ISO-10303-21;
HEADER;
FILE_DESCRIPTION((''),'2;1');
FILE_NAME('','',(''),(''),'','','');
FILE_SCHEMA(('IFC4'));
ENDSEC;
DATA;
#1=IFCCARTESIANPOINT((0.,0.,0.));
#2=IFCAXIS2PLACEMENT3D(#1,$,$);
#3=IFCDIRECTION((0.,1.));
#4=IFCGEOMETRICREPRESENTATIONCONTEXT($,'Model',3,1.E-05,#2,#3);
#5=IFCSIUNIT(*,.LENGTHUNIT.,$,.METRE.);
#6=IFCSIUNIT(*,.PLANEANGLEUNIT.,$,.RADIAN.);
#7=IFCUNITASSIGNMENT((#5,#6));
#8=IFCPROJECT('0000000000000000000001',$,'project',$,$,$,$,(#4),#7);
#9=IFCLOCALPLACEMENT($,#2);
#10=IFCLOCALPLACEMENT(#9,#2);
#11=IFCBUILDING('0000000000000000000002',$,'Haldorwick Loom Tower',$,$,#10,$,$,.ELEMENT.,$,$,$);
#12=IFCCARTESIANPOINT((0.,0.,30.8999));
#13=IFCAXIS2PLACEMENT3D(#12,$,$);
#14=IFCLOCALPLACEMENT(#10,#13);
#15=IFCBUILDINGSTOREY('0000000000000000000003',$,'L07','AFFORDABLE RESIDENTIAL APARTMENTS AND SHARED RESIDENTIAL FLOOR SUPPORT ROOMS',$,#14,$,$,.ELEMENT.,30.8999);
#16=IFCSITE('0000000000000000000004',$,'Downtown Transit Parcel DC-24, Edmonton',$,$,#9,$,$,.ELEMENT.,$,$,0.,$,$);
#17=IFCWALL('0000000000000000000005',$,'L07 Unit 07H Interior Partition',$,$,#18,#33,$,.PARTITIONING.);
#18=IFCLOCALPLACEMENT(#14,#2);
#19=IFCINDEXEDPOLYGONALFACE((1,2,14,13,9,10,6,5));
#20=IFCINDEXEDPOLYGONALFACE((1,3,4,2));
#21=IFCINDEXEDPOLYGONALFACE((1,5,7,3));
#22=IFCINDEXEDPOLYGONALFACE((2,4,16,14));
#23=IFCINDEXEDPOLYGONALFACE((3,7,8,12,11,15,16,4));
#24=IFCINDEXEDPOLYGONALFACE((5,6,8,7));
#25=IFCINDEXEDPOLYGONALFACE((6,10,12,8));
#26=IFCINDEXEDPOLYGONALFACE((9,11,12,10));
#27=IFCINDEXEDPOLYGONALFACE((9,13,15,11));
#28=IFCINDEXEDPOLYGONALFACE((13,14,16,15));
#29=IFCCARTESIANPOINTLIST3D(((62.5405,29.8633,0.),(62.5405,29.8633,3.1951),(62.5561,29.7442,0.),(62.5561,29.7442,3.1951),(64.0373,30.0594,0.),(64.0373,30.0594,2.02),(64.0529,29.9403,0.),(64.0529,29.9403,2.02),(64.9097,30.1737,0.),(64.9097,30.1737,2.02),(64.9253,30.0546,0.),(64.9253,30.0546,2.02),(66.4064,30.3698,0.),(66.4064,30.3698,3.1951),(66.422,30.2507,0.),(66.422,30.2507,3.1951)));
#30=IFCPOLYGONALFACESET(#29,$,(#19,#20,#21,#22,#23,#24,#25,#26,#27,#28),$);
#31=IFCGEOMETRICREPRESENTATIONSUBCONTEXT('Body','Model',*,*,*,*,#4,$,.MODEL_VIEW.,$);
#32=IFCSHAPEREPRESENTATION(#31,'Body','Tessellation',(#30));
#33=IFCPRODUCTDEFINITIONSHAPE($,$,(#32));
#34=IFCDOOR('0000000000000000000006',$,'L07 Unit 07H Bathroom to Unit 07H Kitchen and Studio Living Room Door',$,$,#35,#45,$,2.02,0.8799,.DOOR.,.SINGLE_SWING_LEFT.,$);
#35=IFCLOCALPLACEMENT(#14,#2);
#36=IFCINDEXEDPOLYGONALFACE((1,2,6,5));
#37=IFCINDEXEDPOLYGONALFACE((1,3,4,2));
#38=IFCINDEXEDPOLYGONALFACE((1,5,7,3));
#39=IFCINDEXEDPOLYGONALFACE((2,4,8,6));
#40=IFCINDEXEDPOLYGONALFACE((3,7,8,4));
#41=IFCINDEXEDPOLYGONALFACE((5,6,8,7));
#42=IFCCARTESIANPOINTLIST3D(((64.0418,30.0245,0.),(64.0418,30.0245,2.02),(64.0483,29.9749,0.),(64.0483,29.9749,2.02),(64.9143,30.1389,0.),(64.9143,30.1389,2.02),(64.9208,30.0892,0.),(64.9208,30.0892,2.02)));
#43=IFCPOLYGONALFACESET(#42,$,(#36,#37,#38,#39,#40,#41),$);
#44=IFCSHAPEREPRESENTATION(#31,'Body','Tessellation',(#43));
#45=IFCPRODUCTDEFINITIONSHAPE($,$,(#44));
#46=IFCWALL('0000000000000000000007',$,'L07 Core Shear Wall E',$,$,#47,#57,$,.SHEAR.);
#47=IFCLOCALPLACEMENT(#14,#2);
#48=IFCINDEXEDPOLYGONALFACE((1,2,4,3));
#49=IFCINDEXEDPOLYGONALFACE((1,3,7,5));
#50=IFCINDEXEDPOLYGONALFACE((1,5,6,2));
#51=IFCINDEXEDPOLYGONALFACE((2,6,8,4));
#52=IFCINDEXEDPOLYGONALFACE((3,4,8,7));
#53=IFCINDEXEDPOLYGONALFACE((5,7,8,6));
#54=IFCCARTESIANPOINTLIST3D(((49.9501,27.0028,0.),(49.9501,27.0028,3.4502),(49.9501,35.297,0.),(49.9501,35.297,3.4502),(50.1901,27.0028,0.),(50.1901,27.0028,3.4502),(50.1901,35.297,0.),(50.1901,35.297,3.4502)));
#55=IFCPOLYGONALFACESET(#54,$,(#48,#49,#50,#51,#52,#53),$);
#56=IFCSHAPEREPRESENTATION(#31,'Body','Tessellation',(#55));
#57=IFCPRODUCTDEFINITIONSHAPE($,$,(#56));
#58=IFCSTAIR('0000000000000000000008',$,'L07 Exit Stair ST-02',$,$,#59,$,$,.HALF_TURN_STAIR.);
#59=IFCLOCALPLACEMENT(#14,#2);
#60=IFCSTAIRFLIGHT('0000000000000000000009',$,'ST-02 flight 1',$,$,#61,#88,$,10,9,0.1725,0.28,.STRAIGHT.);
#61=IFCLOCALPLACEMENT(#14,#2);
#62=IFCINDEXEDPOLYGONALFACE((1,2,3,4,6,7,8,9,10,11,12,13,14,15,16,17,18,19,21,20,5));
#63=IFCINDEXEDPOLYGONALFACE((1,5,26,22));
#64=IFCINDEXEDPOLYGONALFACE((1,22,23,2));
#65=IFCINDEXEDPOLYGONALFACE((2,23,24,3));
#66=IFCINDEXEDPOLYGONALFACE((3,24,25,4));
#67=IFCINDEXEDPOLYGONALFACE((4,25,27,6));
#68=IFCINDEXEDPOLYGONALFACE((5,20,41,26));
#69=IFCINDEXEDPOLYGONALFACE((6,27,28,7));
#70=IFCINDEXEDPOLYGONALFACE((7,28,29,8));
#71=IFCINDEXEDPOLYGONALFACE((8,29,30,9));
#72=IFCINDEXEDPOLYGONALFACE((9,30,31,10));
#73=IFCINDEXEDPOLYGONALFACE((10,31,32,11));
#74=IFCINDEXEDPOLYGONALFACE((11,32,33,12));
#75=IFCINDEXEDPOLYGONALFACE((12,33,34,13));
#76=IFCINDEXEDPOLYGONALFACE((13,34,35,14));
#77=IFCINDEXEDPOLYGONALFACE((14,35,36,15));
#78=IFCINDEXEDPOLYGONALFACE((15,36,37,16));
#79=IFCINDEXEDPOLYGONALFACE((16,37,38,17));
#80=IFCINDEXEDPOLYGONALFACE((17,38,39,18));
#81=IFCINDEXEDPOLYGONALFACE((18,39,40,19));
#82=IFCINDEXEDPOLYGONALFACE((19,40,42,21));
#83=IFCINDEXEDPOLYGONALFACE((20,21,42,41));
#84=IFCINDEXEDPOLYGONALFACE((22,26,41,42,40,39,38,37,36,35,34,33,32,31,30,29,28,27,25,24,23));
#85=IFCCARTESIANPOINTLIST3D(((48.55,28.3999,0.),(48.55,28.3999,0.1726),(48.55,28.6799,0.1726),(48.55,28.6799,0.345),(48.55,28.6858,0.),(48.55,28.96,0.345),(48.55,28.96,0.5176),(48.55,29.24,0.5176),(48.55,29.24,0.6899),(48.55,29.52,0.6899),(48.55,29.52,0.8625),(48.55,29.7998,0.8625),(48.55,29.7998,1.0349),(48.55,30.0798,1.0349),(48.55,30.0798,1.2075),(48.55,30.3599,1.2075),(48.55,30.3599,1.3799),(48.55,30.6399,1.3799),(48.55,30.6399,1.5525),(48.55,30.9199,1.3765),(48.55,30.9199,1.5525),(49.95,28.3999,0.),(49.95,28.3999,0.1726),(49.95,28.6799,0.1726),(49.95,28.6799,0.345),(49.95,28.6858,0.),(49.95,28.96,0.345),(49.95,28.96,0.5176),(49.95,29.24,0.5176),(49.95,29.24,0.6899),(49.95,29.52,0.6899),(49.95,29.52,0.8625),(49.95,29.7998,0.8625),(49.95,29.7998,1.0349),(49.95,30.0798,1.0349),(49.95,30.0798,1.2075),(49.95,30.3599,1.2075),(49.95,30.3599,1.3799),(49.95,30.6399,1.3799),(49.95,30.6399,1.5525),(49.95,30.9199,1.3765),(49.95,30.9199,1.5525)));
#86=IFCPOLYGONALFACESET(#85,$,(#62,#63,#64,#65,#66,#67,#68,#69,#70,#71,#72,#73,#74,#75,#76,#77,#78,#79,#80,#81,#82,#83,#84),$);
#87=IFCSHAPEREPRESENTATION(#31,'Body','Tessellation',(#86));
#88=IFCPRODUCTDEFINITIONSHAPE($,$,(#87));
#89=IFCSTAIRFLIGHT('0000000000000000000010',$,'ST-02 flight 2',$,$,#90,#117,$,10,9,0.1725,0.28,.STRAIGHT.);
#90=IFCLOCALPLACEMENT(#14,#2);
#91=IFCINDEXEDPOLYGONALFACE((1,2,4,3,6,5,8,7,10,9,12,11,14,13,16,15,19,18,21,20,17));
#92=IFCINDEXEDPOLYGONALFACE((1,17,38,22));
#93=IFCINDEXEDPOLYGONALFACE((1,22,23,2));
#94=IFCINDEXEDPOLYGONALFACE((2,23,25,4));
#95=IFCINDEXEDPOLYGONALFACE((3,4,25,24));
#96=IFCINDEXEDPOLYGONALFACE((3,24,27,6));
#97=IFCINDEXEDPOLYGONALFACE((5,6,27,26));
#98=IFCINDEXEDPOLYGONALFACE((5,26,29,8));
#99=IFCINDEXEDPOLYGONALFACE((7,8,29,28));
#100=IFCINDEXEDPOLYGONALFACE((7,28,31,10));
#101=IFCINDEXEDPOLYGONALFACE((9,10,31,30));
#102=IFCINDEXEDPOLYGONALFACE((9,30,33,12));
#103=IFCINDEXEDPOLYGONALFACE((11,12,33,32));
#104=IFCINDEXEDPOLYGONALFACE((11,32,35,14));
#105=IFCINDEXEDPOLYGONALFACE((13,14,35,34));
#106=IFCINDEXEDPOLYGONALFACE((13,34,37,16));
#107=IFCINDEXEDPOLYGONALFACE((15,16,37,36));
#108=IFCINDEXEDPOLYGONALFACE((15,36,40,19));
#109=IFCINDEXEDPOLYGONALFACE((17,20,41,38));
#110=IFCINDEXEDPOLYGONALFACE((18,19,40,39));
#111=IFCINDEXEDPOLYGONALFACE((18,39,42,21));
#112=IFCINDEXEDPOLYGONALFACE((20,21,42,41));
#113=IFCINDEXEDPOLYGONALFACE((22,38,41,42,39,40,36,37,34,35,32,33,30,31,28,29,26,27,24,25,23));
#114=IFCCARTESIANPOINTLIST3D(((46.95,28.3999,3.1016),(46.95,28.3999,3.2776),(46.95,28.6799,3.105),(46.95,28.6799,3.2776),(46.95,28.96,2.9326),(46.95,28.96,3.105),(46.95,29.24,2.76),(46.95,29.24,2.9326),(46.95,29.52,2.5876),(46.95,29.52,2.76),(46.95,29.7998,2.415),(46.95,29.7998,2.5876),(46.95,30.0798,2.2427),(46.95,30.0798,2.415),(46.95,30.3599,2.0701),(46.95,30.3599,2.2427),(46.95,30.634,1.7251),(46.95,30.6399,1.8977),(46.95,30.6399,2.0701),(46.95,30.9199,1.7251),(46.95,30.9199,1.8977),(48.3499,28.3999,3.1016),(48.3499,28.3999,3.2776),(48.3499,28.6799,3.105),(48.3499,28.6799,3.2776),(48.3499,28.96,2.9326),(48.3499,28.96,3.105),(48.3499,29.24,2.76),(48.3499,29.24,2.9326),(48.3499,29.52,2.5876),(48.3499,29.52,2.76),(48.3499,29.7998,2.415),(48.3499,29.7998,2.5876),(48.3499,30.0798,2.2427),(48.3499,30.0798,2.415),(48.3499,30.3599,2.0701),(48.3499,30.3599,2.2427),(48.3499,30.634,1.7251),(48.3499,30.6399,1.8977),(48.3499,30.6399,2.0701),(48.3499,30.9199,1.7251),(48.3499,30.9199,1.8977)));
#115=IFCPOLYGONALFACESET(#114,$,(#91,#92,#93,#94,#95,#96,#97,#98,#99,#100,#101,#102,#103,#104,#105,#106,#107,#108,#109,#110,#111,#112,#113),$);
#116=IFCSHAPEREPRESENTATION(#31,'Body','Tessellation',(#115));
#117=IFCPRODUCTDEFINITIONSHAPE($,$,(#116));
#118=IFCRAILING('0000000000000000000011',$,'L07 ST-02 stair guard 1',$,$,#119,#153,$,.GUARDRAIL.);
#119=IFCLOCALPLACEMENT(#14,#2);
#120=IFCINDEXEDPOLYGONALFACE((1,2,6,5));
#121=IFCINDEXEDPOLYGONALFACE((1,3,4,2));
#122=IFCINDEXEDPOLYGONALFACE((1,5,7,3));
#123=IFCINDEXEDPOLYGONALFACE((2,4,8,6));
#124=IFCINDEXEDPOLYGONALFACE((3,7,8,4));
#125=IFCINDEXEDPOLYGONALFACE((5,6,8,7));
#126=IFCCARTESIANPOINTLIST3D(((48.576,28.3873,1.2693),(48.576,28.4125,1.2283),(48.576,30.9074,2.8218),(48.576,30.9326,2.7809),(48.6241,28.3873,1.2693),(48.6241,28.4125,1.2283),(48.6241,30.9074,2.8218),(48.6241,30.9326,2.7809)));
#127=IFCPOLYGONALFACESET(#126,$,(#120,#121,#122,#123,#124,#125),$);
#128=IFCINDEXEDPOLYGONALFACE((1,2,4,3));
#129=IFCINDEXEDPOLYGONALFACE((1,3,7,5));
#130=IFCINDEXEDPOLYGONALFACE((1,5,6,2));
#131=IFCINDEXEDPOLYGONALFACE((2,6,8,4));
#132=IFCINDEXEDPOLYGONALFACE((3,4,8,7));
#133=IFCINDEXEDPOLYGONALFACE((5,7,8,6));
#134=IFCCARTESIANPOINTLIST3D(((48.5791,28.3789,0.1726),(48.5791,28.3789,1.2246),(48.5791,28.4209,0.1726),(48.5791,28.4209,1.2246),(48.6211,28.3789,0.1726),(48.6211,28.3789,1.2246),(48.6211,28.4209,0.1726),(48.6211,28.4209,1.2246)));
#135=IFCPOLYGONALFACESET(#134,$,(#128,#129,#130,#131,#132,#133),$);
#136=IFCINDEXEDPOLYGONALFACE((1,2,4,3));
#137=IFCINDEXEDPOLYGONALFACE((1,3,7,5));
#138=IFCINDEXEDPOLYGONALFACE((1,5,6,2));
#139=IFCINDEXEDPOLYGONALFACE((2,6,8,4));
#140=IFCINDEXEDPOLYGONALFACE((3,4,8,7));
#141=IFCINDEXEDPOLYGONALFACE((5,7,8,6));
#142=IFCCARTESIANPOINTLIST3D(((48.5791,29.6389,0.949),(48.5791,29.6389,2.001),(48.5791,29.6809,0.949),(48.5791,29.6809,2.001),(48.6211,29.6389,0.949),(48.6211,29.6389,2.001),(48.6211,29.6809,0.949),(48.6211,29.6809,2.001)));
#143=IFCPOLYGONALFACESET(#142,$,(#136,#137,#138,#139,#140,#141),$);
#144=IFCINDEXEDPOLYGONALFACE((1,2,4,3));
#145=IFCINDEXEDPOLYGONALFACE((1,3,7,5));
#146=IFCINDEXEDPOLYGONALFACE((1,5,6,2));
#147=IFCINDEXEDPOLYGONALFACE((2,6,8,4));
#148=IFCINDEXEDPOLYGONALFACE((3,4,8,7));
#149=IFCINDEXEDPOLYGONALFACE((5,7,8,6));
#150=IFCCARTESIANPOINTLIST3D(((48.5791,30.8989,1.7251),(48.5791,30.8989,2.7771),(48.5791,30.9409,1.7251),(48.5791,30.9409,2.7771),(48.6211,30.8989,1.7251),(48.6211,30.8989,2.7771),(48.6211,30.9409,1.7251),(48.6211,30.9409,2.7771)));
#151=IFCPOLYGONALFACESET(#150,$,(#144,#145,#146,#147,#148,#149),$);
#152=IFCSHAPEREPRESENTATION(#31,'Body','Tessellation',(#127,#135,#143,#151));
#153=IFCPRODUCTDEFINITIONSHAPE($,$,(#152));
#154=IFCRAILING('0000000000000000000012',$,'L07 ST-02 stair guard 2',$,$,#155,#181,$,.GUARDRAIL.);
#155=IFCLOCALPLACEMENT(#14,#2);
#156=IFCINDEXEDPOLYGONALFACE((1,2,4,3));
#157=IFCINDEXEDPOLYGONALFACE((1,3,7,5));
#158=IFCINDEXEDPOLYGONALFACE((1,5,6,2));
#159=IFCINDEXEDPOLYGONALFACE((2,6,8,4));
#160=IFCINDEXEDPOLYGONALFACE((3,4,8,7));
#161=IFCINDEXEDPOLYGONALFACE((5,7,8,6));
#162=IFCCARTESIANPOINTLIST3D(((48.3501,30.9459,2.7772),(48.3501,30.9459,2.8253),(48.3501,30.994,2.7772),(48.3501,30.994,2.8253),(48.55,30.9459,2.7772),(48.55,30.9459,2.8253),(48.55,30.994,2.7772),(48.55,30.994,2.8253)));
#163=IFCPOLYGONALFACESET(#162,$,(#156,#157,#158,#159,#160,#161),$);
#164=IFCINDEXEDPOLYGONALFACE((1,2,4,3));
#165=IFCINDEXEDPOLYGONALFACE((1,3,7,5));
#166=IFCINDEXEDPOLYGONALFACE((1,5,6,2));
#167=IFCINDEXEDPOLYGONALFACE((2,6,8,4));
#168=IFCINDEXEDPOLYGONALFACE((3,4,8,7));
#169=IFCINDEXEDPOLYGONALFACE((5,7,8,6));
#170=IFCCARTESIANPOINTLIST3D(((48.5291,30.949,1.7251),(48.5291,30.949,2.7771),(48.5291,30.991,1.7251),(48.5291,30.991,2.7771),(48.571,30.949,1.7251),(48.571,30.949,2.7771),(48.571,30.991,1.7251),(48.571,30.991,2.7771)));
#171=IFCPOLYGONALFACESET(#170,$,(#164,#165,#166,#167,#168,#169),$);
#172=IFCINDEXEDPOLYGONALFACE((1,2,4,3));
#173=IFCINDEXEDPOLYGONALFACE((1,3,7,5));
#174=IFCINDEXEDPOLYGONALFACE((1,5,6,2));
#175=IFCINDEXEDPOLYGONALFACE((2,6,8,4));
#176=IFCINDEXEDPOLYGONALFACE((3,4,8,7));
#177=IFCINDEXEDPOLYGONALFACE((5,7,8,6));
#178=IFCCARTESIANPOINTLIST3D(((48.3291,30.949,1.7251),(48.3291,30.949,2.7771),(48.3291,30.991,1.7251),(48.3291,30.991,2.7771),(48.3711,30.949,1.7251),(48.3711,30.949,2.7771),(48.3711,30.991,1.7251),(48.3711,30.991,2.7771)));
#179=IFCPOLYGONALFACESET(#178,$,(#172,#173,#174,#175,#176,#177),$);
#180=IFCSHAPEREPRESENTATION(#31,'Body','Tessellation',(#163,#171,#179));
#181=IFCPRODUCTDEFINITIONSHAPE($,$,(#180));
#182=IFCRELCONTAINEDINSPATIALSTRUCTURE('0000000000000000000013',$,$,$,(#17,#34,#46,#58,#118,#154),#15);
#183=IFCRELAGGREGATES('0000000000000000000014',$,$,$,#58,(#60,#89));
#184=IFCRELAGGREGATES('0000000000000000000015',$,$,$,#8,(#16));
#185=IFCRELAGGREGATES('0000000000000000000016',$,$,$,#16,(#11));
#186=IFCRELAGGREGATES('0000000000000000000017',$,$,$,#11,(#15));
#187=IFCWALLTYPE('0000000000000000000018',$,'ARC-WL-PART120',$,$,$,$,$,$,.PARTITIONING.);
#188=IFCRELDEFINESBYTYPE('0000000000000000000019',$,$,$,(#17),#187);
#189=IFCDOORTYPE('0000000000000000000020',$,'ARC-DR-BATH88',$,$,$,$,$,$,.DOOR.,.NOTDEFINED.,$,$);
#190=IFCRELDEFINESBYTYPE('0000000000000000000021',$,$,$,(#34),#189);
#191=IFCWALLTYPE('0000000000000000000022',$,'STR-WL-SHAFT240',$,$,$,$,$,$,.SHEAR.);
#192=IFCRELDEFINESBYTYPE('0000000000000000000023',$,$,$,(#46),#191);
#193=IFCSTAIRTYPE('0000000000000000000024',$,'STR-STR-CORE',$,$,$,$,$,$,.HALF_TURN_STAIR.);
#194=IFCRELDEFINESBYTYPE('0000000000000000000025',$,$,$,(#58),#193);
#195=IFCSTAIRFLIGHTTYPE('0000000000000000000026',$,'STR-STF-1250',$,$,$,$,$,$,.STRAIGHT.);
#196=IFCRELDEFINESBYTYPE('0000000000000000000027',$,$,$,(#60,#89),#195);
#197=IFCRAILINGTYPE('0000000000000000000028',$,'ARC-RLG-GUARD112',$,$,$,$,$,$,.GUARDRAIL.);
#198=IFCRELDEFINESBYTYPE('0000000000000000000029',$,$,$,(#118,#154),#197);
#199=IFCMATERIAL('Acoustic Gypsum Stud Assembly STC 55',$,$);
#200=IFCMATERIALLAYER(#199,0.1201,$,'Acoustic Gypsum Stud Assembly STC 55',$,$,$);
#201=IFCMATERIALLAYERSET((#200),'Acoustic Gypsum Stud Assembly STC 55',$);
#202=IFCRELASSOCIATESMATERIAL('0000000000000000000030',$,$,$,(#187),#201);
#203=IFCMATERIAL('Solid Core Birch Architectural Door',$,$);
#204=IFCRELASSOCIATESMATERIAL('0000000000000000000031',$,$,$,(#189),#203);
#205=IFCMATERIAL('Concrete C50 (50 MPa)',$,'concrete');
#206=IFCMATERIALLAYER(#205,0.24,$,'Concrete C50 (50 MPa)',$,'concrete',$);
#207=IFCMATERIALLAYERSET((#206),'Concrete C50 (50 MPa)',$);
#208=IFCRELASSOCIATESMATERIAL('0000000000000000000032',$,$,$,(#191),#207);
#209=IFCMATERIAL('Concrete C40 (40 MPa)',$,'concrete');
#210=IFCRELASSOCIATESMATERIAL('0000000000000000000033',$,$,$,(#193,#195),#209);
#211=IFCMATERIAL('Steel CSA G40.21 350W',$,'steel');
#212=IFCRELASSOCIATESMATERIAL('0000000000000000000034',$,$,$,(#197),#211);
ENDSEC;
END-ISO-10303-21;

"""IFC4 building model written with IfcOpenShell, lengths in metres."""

from ifc_helpers import new_model, si_unit, direction, frame, frame_2d, origin, origin_2d, place, context, subcontext, project, spatial, polyline, rectangle, outline, extrude, material, layer, layer_set, type_object, element, fill, aggregate, save


model = new_model("IFC4")

# Units and contexts
model_context = context("Model", 3, precision=1e-05, world=origin(), true_north=direction((0.0, 1.0)))
body_context = subcontext(model_context, "Body", "Model", "MODEL_VIEW")
ifc_project = project(units=[si_unit("LENGTHUNIT", "METRE"), si_unit("PLANEANGLEUNIT", "RADIAN")], contexts=[model_context])

# Site, building, storey
site_placement = place(None, origin())
site = spatial("IfcSite", under=ifc_project, at=site_placement, Name="Downtown Transit Parcel DC-24, Edmonton", CompositionType="ELEMENT", RefElevation=0.0)
building_placement = place(site_placement, origin())
building = spatial("IfcBuilding", under=site, at=building_placement, Name="Haldorwick Loom Tower", CompositionType="ELEMENT")
storey_placement = place(building_placement, frame((0.0, 0.0, 30.8999)))
storey = spatial("IfcBuildingStorey", under=building, at=storey_placement, Name="L07", Description="AFFORDABLE RESIDENTIAL APARTMENTS AND SHARED RESIDENTIAL FLOOR SUPPORT ROOMS", CompositionType="ELEMENT", Elevation=30.8999)

# Shared definitions
ifc_material_1 = material(Name="Steel CSA G40.21 350W", Category="steel")

# Shared definitions
ifc_material_2 = material(Name="Acoustic Gypsum Stud Assembly STC 55")
ifc_layer_1 = layer(ifc_material_2, 0.1201, Name="Acoustic Gypsum Stud Assembly STC 55")
ifc_layer_set_1 = layer_set([ifc_layer_1], Name="Acoustic Gypsum Stud Assembly STC 55")
wall_type_1 = type_object("IfcWallType", Name="ARC-WL-PART120", PredefinedType="PARTITIONING", material=ifc_layer_set_1)

# Wall, opening, door
wall_1_placement = place(storey_placement, frame((62.5483, 29.8037, 0.0), z_axis=(0.0, 0.0, 1.0), x_axis=(0.991523, 0.129928, 0.0)))
wall_1 = element("IfcWall", 1, at=wall_1_placement, inside=storey, type_object=wall_type_1, Name="L07 Unit 07H Interior Partition", PredefinedType="PARTITIONING", context=body_context, shape_type="SweptSolid", body=[
    extrude(rectangle(XDim=3.8989, YDim=0.1201, at=frame_2d((1.9495, 0.0))), origin(), (0.0, 0.0, 1.0), 3.1951),
])
opening_1_placement = place(wall_1_placement, frame((1.5095, 0.0, 0.0)))
opening_1 = element("IfcOpeningElement", 2, at=opening_1_placement, cuts=wall_1, PredefinedType="OPENING", context=body_context, shape_type="SweptSolid", body=[
    extrude(rectangle(XDim=0.8799, YDim=2.02, at=frame_2d((0.4399, 1.01))), frame((0.0, 0.0701, 0.0), z_axis=(0.0, -1.0, 0.0), x_axis=(1.0, 0.0, 0.0)), (0.0, 0.0, 1.0), 0.1401),
])
ifc_material_3 = material(Name="Solid Core Birch Architectural Door")
door_type_1 = type_object("IfcDoorType", Name="ARC-DR-BATH88", OperationType="NOTDEFINED", PredefinedType="DOOR", material=ifc_material_3)
door_1_placement = place(opening_1_placement, origin())
door_1 = element("IfcDoor", 3, at=door_1_placement, inside=storey, type_object=door_type_1, Name="L07 Unit 07H Bathroom to Unit 07H Kitchen and Studio Living Room Door", OperationType="SINGLE_SWING_LEFT", OverallHeight=2.02, OverallWidth=0.8799, PredefinedType="DOOR", context=body_context, shape_type="SweptSolid", body=[
    extrude(rectangle(XDim=0.8799, YDim=2.02, at=frame_2d((0.4399, 1.01))), frame((0.0, 0.0249, 0.0), z_axis=(0.0, -1.0, 0.0), x_axis=(1.0, 0.0, 0.0)), (0.0, 0.0, 1.0), 0.05),
])
fill(opening_1, door_1)

# Wall
ifc_material_4 = material(Name="Concrete C50 (50 MPa)", Category="concrete")
ifc_layer_2 = layer(ifc_material_4, 0.24, Name="Concrete C50 (50 MPa)", Category="concrete")
ifc_layer_set_2 = layer_set([ifc_layer_2], Name="Concrete C50 (50 MPa)")
wall_type_2 = type_object("IfcWallType", Name="STR-WL-SHAFT240", PredefinedType="SHEAR", material=ifc_layer_set_2)
wall_2_placement = place(storey_placement, frame((50.0701, 27.0029, 0.0), z_axis=(0.0, 0.0, 1.0), x_axis=(0.0, 1.0, 0.0)))
element("IfcWall", 4, at=wall_2_placement, inside=storey, type_object=wall_type_2, Name="L07 Core Shear Wall E", PredefinedType="SHEAR", context=body_context, shape_type="SweptSolid", body=[
    extrude(rectangle(XDim=8.2942, YDim=0.24, at=frame_2d((4.147, 0.0))), origin(), (0.0, 0.0, 1.0), 3.4502),
])

# Stair, stair flights
ifc_material_5 = material(Name="Concrete C40 (40 MPa)", Category="concrete")
stair_type = type_object("IfcStairType", Name="STR-STR-CORE", PredefinedType="HALF_TURN_STAIR", material=ifc_material_5)
stair_placement = place(storey_placement, origin())
stair = element("IfcStair", 5, at=stair_placement, inside=storey, type_object=stair_type, Name="L07 Exit Stair ST-02", PredefinedType="HALF_TURN_STAIR")
stair_flight_type = type_object("IfcStairFlightType", Name="STR-STF-1250", PredefinedType="STRAIGHT", material=ifc_material_5)
stair_flight_1_placement = place(storey_placement, frame((49.25, 28.3999, 0.0), z_axis=(0.0, 0.0, 1.0), x_axis=(0.0, 1.0, 0.0)))
stair_flight_1 = element("IfcStairFlight", 6, at=stair_flight_1_placement, type_object=stair_flight_type, Name="ST-02 flight 1", NumberOfRisers=10, NumberOfTreads=9, PredefinedType="STRAIGHT", RiserHeight=0.1725, TreadLength=0.28, context=body_context, shape_type="SweptSolid", body=[
    extrude(outline(polyline([(0.0, 0.0), (0.0, 0.1726), (0.28, 0.1726), (0.28, 0.345), (0.5601, 0.345), (0.5601, 0.5176), (0.8401, 0.5176), (0.8401, 0.6899), (1.1201, 0.6899), (1.1201, 0.8625), (1.3999, 0.8625), (1.3999, 1.0349), (1.6799, 1.0349), (1.6799, 1.2075), (1.96, 1.2075), (1.96, 1.3799), (2.24, 1.3799), (2.24, 1.5525), (2.52, 1.5525), (2.52, 1.7251), (2.52, 1.3765), (0.2859, 0.0), (0.0, 0.0)])), frame((0.0, 0.7, 0.0), z_axis=(0.0, -1.0, 0.0), x_axis=(1.0, 0.0, 0.0)), (0.0, 0.0, 1.0), 1.3999),
])
stair_flight_2_placement = place(storey_placement, frame((47.6499, 30.9199, 1.7251), z_axis=(0.0, 0.0, 1.0), x_axis=(0.0, -1.0, 0.0)))
stair_flight_2 = element("IfcStairFlight", 7, at=stair_flight_2_placement, type_object=stair_flight_type, Name="ST-02 flight 2", NumberOfRisers=10, NumberOfTreads=9, PredefinedType="STRAIGHT", RiserHeight=0.1725, TreadLength=0.28, context=body_context, shape_type="SweptSolid", body=[
    extrude(outline(polyline([(0.0, 0.0), (0.0, 0.1726), (0.28, 0.1726), (0.28, 0.345), (0.5601, 0.345), (0.5601, 0.5176), (0.8401, 0.5176), (0.8401, 0.6899), (1.1201, 0.6899), (1.1201, 0.8625), (1.3999, 0.8625), (1.3999, 1.0349), (1.6799, 1.0349), (1.6799, 1.2075), (1.96, 1.2075), (1.96, 1.3799), (2.24, 1.3799), (2.24, 1.5525), (2.52, 1.5525), (2.52, 1.7251), (2.52, 1.3765), (0.2859, 0.0), (0.0, 0.0)])), frame((0.0, 0.7, 0.0), z_axis=(0.0, -1.0, 0.0), x_axis=(1.0, 0.0, 0.0)), (0.0, 0.0, 1.0), 1.3999),
])
aggregate(stair, [stair_flight_1, stair_flight_2])

# Railings
railing_type_1 = type_object("IfcRailingType", Name="ARC-RLG-GUARD112", PredefinedType="GUARDRAIL", material=ifc_material_1)
railing_1_placement = place(storey_placement, frame((48.6001, 28.3999, 0.1726)))
element("IfcRailing", 8, at=railing_1_placement, inside=storey, type_object=railing_type_1, Name="L07 ST-02 stair guard 1", PredefinedType="GUARDRAIL", context=body_context, shape_type="SweptSolid", body=[
    extrude(rectangle(XDim=0.0481, YDim=0.0481, at=origin_2d()), frame((0.0, 0.0, 1.0762), z_axis=(0.0, 0.8514, 0.524516), x_axis=(-1.0, 0.0, 0.0)), (0.0, 0.0, 1.0), 2.96),
    extrude(rectangle(XDim=0.042, YDim=0.042, at=origin_2d()), origin(), (0.0, 0.0, 1.0), 1.052),
    extrude(rectangle(XDim=0.042, YDim=0.042, at=origin_2d()), frame((0.0, 1.26, 0.7764)), (0.0, 0.0, 1.0), 1.052),
    extrude(rectangle(XDim=0.042, YDim=0.042, at=origin_2d()), frame((0.0, 2.52, 1.5525)), (0.0, 0.0, 1.0), 1.052),
])
railing_2_placement = place(storey_placement, frame((48.55, 30.97, 1.7251)))
element("IfcRailing", 9, at=railing_2_placement, inside=storey, type_object=railing_type_1, Name="L07 ST-02 stair guard 2", PredefinedType="GUARDRAIL", context=body_context, shape_type="SweptSolid", body=[
    extrude(rectangle(XDim=0.0481, YDim=0.0481, at=origin_2d()), frame((0.0, 0.0, 1.0762), z_axis=(-1.0, 0.0, 0.0), x_axis=(0.0, -1.0, 0.0)), (0.0, 0.0, 1.0), 0.2),
    extrude(rectangle(XDim=0.042, YDim=0.042, at=origin_2d()), origin(), (0.0, 0.0, 1.0), 1.052),
    extrude(rectangle(XDim=0.042, YDim=0.042, at=origin_2d()), frame((-0.2, 0.0, 0.0)), (0.0, 0.0, 1.0), 1.052),
])

save(model, "model.ifc")
